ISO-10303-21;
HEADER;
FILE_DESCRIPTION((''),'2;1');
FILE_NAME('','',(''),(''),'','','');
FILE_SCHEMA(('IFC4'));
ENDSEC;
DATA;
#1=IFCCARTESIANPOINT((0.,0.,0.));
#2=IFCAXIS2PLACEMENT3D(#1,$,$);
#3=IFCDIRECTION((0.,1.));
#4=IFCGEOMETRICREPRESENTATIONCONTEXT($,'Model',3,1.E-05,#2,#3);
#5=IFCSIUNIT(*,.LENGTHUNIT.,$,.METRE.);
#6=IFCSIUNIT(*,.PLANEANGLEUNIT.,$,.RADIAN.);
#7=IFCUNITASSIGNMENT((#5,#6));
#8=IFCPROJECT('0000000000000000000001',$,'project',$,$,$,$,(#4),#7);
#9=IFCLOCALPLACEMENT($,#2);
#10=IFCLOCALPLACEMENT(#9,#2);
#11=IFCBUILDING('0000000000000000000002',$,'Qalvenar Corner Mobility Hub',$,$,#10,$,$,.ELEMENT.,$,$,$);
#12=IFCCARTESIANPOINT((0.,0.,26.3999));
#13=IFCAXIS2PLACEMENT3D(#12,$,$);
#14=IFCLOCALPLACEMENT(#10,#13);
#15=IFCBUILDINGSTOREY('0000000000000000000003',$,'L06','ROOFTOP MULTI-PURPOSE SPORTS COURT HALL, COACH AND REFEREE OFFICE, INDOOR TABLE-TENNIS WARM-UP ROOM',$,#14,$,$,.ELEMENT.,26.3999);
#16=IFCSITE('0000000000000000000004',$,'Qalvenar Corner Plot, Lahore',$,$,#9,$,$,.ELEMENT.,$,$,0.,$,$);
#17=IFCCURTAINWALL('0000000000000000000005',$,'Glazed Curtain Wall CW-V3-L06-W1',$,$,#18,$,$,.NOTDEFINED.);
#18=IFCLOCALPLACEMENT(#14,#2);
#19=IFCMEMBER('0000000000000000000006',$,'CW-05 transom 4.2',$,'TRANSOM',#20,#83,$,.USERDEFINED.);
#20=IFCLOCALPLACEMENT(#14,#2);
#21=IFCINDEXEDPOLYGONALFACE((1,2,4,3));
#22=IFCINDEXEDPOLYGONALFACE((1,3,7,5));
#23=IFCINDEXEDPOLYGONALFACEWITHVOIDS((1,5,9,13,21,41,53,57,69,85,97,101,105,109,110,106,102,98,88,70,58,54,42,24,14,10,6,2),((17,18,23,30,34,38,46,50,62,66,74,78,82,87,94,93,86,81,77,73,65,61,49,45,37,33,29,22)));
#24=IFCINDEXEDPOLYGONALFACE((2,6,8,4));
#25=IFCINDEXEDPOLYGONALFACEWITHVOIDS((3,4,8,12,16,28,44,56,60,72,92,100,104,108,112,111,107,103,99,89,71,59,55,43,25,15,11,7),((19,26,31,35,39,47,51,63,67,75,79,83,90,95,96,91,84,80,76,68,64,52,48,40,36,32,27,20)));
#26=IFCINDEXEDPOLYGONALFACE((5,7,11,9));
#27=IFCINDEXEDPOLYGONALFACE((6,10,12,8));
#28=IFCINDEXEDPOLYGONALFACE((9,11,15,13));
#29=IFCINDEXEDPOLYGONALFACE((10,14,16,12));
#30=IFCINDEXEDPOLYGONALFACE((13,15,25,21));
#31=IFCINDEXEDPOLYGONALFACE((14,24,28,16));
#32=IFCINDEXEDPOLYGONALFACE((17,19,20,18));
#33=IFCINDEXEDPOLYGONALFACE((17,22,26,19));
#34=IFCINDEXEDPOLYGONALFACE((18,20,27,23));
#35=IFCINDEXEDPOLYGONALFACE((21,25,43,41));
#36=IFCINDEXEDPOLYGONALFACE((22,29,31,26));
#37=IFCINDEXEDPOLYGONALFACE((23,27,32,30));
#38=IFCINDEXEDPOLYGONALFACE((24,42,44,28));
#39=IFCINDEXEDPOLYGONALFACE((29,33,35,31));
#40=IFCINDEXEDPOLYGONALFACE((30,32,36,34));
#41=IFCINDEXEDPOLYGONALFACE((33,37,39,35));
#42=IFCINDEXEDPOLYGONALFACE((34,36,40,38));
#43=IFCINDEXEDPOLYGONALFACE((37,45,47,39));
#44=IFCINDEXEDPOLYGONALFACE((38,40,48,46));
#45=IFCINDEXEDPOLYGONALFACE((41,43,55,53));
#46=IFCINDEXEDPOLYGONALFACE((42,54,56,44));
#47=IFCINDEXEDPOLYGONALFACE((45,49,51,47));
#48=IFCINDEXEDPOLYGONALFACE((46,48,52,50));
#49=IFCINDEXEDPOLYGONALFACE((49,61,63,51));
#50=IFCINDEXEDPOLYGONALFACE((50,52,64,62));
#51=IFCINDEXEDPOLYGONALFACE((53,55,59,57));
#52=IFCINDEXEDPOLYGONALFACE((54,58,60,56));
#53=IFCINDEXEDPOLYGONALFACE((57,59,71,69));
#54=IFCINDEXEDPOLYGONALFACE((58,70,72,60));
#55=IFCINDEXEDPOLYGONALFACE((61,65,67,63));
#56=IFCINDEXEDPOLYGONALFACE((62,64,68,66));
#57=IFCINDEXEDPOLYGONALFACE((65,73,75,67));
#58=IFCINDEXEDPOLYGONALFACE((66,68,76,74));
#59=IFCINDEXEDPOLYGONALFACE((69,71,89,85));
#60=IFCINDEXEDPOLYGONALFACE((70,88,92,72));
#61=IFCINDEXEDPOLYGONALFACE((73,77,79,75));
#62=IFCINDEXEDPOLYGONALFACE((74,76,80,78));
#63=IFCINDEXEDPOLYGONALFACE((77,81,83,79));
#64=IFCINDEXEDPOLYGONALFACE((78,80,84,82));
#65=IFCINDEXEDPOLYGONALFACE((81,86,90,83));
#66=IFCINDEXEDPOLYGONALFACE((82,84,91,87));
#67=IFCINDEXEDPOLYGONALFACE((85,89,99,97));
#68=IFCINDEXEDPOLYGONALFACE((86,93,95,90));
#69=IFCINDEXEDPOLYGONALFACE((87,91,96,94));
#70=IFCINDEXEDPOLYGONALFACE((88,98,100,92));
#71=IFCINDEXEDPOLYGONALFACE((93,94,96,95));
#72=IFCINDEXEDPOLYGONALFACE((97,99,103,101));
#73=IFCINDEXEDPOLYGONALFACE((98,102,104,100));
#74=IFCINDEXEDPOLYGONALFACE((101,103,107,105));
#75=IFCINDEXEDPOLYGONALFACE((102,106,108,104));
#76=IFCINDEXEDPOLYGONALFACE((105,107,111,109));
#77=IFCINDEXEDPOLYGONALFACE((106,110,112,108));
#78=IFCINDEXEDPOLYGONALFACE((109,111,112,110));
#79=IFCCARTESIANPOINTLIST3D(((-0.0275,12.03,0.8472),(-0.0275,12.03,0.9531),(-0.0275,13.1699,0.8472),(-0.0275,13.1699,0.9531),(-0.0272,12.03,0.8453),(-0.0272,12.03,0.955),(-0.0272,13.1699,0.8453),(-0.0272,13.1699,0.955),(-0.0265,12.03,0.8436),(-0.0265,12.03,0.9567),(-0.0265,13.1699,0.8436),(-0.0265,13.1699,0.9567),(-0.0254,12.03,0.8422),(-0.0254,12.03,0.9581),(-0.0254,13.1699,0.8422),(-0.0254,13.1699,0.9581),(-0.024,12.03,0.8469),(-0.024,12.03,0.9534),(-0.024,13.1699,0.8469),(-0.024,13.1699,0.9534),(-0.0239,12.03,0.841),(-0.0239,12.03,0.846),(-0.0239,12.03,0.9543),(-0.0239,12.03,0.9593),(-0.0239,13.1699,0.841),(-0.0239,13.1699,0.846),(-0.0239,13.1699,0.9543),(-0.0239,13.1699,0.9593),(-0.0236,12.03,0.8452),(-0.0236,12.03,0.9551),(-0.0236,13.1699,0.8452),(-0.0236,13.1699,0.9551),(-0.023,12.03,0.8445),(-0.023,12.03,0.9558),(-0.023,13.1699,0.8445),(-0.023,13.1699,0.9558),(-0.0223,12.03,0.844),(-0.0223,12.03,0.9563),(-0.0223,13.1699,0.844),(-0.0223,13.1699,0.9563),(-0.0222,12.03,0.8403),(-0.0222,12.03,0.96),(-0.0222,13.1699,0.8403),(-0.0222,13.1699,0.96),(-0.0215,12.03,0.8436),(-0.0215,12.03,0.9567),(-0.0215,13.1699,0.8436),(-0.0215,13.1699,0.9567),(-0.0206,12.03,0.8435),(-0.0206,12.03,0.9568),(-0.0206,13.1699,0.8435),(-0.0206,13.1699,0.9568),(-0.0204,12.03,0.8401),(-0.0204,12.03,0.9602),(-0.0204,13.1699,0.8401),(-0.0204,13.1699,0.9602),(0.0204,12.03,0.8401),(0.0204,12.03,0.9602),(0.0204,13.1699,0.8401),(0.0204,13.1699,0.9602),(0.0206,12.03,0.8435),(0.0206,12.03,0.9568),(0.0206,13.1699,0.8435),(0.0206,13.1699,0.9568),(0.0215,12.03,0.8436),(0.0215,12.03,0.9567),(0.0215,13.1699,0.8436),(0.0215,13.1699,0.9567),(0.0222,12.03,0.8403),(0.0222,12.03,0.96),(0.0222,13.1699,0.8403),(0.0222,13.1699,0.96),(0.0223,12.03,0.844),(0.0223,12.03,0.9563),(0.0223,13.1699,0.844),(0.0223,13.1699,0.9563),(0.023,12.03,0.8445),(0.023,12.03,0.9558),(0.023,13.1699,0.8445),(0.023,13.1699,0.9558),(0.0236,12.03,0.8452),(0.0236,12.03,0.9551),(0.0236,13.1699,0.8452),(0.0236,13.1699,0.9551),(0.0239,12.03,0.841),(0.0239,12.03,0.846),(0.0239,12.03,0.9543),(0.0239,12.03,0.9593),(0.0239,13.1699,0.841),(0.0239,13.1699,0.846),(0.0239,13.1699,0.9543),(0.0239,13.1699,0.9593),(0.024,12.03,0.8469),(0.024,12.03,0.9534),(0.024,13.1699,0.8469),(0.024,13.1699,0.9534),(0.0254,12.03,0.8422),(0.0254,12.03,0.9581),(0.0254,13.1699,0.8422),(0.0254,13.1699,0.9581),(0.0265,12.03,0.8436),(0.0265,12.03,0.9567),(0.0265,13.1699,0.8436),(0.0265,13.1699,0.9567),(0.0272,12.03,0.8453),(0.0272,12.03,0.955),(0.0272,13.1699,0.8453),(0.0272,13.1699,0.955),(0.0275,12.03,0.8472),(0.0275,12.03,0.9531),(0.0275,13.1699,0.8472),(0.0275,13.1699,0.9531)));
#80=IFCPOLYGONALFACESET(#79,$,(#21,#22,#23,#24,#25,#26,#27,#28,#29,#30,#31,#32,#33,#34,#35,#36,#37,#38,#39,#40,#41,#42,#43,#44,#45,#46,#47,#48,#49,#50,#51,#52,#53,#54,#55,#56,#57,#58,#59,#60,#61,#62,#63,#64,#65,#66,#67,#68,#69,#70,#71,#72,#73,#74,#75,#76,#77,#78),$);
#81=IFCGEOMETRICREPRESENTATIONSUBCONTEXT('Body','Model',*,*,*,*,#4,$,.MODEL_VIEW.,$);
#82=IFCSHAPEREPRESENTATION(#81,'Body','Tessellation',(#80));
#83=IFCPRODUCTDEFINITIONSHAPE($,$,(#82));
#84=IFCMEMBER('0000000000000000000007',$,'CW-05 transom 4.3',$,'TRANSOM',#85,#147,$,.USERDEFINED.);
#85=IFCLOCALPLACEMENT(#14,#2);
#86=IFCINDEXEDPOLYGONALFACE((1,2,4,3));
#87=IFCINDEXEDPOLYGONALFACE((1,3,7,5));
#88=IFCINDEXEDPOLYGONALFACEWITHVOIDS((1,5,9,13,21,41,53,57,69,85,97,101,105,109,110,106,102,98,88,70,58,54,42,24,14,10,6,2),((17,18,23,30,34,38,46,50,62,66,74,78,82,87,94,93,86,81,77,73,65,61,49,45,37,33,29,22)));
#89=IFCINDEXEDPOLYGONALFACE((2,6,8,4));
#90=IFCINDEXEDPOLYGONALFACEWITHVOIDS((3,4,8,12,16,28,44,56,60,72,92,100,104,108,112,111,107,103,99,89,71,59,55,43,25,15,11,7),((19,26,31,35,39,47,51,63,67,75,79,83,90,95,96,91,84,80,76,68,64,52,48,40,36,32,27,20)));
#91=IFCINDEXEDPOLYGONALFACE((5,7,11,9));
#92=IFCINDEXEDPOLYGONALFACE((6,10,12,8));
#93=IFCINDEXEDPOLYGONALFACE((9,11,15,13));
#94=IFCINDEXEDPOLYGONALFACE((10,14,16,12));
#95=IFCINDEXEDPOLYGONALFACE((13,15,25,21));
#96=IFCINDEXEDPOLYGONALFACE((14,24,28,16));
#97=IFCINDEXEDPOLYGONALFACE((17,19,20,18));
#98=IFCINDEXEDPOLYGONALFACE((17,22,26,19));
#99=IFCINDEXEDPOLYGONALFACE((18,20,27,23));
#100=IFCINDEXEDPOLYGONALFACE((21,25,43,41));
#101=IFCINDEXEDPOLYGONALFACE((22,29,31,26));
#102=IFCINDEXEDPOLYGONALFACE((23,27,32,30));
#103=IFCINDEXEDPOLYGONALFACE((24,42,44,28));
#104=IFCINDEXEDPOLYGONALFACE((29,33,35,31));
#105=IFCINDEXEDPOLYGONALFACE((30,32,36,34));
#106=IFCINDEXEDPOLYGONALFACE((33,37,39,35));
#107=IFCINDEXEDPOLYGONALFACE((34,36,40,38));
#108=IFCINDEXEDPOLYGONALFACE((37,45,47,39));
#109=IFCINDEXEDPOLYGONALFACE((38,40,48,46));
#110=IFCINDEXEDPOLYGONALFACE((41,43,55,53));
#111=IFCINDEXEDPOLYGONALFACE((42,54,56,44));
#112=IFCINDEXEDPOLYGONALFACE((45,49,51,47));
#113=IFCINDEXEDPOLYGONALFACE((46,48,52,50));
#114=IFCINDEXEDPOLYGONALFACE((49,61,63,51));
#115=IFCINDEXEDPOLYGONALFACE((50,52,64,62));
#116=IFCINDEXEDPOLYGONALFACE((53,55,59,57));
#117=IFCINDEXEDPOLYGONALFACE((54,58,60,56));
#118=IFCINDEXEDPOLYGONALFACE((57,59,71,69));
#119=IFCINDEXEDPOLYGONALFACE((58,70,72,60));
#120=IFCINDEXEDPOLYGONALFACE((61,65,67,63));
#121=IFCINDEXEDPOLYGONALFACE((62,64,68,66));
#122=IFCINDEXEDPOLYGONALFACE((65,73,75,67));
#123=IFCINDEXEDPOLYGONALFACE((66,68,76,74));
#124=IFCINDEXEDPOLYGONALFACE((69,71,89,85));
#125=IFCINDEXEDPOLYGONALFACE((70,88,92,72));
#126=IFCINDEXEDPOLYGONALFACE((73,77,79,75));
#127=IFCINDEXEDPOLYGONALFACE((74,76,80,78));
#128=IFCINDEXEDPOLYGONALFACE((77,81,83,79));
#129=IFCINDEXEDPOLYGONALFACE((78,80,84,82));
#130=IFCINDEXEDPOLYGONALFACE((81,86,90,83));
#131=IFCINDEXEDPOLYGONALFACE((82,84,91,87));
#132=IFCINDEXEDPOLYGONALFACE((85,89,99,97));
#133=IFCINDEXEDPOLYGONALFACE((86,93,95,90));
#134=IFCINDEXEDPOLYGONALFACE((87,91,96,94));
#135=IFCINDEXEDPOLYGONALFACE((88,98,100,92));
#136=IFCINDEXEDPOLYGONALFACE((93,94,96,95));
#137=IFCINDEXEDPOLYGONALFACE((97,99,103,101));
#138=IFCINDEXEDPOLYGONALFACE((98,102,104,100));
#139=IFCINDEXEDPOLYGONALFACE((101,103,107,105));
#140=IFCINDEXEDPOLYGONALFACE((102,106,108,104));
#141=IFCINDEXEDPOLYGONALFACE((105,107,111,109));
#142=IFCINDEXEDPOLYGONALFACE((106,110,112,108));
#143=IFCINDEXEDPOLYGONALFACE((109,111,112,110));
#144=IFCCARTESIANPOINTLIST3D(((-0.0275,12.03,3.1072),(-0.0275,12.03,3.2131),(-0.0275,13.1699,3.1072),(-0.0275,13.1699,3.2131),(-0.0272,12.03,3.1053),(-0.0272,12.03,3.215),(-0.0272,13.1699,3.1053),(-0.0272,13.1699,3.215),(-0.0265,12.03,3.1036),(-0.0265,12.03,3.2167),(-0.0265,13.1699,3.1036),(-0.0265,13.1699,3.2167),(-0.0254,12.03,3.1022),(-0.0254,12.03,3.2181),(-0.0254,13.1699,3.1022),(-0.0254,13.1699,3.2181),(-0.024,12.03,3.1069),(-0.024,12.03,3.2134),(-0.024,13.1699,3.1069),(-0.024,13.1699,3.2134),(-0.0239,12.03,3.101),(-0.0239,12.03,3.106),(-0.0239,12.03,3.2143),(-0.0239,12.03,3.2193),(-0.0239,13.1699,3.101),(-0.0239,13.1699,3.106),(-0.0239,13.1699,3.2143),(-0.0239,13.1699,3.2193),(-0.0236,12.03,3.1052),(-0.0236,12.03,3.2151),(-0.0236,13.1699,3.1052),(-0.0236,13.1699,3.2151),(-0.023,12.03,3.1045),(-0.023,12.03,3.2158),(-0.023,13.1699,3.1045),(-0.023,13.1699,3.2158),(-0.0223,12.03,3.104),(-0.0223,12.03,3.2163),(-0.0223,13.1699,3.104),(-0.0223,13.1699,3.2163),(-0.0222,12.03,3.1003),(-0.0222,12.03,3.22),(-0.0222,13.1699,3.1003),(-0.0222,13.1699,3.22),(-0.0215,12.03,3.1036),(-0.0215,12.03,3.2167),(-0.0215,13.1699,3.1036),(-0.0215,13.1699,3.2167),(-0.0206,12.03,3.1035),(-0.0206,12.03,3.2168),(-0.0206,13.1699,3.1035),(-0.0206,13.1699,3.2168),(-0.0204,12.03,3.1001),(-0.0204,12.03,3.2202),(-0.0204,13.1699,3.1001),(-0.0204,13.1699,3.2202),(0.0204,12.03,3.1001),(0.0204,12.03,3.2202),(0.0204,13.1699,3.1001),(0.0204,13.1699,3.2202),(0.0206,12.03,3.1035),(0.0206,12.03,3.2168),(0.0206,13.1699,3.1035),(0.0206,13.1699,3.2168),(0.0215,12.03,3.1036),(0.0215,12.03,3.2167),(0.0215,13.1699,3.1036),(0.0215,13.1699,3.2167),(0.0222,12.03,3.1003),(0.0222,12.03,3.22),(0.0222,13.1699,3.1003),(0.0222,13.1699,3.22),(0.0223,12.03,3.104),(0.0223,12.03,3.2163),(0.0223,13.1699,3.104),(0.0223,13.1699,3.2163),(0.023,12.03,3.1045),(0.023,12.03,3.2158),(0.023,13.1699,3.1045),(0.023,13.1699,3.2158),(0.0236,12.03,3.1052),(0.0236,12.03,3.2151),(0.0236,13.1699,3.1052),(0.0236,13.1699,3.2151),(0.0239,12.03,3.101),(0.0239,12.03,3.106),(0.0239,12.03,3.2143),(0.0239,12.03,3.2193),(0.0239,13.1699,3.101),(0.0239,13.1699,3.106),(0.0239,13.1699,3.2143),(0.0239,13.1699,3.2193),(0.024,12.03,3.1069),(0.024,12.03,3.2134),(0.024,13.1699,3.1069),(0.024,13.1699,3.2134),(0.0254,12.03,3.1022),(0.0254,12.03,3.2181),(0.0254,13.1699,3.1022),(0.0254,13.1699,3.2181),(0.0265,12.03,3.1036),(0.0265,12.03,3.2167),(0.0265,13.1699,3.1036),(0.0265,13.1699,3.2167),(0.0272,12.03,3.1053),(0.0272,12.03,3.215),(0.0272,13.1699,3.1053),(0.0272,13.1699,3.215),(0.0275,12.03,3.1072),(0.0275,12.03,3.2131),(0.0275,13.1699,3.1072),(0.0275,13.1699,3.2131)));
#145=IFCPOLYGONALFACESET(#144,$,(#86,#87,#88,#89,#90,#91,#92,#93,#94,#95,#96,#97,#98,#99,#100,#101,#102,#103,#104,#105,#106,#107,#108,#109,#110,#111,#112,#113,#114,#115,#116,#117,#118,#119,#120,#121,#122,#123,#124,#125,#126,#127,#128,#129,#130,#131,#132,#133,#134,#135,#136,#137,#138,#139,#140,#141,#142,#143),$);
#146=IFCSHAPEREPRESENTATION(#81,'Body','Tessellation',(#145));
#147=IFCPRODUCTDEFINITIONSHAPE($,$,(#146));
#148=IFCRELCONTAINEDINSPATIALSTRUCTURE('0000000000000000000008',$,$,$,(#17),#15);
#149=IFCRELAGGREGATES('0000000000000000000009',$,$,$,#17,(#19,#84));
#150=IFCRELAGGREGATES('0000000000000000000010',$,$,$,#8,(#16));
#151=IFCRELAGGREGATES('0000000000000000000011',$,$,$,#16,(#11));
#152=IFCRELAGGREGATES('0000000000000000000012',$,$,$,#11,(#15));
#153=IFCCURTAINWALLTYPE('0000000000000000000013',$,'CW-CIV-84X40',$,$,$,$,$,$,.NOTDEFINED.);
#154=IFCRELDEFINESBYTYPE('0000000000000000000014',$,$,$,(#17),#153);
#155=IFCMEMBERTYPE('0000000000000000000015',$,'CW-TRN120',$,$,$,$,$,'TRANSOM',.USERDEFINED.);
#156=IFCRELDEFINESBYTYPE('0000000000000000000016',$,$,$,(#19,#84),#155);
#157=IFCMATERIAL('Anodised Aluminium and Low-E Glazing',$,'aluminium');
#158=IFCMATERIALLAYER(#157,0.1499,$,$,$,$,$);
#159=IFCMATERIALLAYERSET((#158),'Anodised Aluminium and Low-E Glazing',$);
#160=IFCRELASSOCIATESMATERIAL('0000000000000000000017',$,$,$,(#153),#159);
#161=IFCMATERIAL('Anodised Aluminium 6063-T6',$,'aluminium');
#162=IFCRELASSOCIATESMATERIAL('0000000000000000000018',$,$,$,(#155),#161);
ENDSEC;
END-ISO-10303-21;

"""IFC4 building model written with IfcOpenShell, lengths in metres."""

from ifc_helpers import new_model, si_unit, direction, frame, origin, origin_2d, place, context, subcontext, project, spatial, hollow_rectangle, extrude, material, layer, layer_set, material_profile, profile_set, type_object, element, aggregate, save


model = new_model("IFC4")

# Units and contexts
model_context = context("Model", 3, precision=1e-05, world=origin(), true_north=direction((0.0, 1.0)))
body_context = subcontext(model_context, "Body", "Model", "MODEL_VIEW")
ifc_project = project(units=[si_unit("LENGTHUNIT", "METRE"), si_unit("PLANEANGLEUNIT", "RADIAN")], contexts=[model_context])

# Site, building, storey
site_placement = place(None, origin())
site = spatial("IfcSite", under=ifc_project, at=site_placement, Name="Qalvenar Corner Plot, Lahore", CompositionType="ELEMENT", RefElevation=0.0)
building_placement = place(site_placement, origin())
building = spatial("IfcBuilding", under=site, at=building_placement, Name="Qalvenar Corner Mobility Hub", CompositionType="ELEMENT")
storey_placement = place(building_placement, frame((0.0, 0.0, 26.3999)))
storey = spatial("IfcBuildingStorey", under=building, at=storey_placement, Name="L06", Description="ROOFTOP MULTI-PURPOSE SPORTS COURT HALL, COACH AND REFEREE OFFICE, INDOOR TABLE-TENNIS WARM-UP ROOM", CompositionType="ELEMENT", Elevation=26.3999)

# Curtain wall, members
ifc_material_1 = material(Name="Anodised Aluminium and Low-E Glazing", Category="aluminium")
ifc_layer_1 = layer(ifc_material_1, 0.1499)
ifc_layer_set_1 = layer_set([ifc_layer_1], Name="Anodised Aluminium and Low-E Glazing")
curtain_wall_type = type_object("IfcCurtainWallType", Name="CW-CIV-84X40", PredefinedType="NOTDEFINED", material=ifc_layer_set_1)
curtain_wall_placement = place(storey_placement, origin())
curtain_wall = element("IfcCurtainWall", 1, at=curtain_wall_placement, inside=storey, type_object=curtain_wall_type, Name="Glazed Curtain Wall CW-V3-L06-W1", PredefinedType="NOTDEFINED")
ifc_material_2 = material(Name="Anodised Aluminium 6063-T6", Category="aluminium")
ifc_material_profile_1 = material_profile(ifc_material_2, hollow_rectangle(XDim=0.0549, YDim=0.1201, WallThickness=0.0034, InnerFilletRadius=0.0034, OuterFilletRadius=0.0071, at=origin_2d()), Name="RHS120x55x3.5")
ifc_profile_set_1 = profile_set([ifc_material_profile_1], Name="Anodised Aluminium 6063-T6")
member_type_1 = type_object("IfcMemberType", Name="CW-TRN120", ElementType="TRANSOM", PredefinedType="USERDEFINED", material=ifc_profile_set_1)
member_1_placement = place(storey_placement, frame((0.0, 13.1699, 0.9001), z_axis=(0.0, -1.0, 0.0), x_axis=(1.0, 0.0, 0.0)))
member_1 = element("IfcMember", 2, at=member_1_placement, type_object=member_type_1, Name="CW-05 transom 4.2", ObjectType="TRANSOM", PredefinedType="USERDEFINED", context=body_context, shape_type="SweptSolid", body=[
    extrude(hollow_rectangle(XDim=0.0549, YDim=0.1201, WallThickness=0.0034, InnerFilletRadius=0.0034, OuterFilletRadius=0.0071, at=origin_2d()), origin(), (0.0, 0.0, 1.0), 1.1399),
])
member_2_placement = place(storey_placement, frame((0.0, 13.1699, 3.1602), z_axis=(0.0, -1.0, 0.0), x_axis=(1.0, 0.0, 0.0)))
member_2 = element("IfcMember", 3, at=member_2_placement, type_object=member_type_1, Name="CW-05 transom 4.3", ObjectType="TRANSOM", PredefinedType="USERDEFINED", context=body_context, shape_type="SweptSolid", body=[
    extrude(hollow_rectangle(XDim=0.0549, YDim=0.1201, WallThickness=0.0034, InnerFilletRadius=0.0034, OuterFilletRadius=0.0071, at=origin_2d()), origin(), (0.0, 0.0, 1.0), 1.1399),
])
aggregate(curtain_wall, [member_1, member_2])

save(model, "model.ifc")
